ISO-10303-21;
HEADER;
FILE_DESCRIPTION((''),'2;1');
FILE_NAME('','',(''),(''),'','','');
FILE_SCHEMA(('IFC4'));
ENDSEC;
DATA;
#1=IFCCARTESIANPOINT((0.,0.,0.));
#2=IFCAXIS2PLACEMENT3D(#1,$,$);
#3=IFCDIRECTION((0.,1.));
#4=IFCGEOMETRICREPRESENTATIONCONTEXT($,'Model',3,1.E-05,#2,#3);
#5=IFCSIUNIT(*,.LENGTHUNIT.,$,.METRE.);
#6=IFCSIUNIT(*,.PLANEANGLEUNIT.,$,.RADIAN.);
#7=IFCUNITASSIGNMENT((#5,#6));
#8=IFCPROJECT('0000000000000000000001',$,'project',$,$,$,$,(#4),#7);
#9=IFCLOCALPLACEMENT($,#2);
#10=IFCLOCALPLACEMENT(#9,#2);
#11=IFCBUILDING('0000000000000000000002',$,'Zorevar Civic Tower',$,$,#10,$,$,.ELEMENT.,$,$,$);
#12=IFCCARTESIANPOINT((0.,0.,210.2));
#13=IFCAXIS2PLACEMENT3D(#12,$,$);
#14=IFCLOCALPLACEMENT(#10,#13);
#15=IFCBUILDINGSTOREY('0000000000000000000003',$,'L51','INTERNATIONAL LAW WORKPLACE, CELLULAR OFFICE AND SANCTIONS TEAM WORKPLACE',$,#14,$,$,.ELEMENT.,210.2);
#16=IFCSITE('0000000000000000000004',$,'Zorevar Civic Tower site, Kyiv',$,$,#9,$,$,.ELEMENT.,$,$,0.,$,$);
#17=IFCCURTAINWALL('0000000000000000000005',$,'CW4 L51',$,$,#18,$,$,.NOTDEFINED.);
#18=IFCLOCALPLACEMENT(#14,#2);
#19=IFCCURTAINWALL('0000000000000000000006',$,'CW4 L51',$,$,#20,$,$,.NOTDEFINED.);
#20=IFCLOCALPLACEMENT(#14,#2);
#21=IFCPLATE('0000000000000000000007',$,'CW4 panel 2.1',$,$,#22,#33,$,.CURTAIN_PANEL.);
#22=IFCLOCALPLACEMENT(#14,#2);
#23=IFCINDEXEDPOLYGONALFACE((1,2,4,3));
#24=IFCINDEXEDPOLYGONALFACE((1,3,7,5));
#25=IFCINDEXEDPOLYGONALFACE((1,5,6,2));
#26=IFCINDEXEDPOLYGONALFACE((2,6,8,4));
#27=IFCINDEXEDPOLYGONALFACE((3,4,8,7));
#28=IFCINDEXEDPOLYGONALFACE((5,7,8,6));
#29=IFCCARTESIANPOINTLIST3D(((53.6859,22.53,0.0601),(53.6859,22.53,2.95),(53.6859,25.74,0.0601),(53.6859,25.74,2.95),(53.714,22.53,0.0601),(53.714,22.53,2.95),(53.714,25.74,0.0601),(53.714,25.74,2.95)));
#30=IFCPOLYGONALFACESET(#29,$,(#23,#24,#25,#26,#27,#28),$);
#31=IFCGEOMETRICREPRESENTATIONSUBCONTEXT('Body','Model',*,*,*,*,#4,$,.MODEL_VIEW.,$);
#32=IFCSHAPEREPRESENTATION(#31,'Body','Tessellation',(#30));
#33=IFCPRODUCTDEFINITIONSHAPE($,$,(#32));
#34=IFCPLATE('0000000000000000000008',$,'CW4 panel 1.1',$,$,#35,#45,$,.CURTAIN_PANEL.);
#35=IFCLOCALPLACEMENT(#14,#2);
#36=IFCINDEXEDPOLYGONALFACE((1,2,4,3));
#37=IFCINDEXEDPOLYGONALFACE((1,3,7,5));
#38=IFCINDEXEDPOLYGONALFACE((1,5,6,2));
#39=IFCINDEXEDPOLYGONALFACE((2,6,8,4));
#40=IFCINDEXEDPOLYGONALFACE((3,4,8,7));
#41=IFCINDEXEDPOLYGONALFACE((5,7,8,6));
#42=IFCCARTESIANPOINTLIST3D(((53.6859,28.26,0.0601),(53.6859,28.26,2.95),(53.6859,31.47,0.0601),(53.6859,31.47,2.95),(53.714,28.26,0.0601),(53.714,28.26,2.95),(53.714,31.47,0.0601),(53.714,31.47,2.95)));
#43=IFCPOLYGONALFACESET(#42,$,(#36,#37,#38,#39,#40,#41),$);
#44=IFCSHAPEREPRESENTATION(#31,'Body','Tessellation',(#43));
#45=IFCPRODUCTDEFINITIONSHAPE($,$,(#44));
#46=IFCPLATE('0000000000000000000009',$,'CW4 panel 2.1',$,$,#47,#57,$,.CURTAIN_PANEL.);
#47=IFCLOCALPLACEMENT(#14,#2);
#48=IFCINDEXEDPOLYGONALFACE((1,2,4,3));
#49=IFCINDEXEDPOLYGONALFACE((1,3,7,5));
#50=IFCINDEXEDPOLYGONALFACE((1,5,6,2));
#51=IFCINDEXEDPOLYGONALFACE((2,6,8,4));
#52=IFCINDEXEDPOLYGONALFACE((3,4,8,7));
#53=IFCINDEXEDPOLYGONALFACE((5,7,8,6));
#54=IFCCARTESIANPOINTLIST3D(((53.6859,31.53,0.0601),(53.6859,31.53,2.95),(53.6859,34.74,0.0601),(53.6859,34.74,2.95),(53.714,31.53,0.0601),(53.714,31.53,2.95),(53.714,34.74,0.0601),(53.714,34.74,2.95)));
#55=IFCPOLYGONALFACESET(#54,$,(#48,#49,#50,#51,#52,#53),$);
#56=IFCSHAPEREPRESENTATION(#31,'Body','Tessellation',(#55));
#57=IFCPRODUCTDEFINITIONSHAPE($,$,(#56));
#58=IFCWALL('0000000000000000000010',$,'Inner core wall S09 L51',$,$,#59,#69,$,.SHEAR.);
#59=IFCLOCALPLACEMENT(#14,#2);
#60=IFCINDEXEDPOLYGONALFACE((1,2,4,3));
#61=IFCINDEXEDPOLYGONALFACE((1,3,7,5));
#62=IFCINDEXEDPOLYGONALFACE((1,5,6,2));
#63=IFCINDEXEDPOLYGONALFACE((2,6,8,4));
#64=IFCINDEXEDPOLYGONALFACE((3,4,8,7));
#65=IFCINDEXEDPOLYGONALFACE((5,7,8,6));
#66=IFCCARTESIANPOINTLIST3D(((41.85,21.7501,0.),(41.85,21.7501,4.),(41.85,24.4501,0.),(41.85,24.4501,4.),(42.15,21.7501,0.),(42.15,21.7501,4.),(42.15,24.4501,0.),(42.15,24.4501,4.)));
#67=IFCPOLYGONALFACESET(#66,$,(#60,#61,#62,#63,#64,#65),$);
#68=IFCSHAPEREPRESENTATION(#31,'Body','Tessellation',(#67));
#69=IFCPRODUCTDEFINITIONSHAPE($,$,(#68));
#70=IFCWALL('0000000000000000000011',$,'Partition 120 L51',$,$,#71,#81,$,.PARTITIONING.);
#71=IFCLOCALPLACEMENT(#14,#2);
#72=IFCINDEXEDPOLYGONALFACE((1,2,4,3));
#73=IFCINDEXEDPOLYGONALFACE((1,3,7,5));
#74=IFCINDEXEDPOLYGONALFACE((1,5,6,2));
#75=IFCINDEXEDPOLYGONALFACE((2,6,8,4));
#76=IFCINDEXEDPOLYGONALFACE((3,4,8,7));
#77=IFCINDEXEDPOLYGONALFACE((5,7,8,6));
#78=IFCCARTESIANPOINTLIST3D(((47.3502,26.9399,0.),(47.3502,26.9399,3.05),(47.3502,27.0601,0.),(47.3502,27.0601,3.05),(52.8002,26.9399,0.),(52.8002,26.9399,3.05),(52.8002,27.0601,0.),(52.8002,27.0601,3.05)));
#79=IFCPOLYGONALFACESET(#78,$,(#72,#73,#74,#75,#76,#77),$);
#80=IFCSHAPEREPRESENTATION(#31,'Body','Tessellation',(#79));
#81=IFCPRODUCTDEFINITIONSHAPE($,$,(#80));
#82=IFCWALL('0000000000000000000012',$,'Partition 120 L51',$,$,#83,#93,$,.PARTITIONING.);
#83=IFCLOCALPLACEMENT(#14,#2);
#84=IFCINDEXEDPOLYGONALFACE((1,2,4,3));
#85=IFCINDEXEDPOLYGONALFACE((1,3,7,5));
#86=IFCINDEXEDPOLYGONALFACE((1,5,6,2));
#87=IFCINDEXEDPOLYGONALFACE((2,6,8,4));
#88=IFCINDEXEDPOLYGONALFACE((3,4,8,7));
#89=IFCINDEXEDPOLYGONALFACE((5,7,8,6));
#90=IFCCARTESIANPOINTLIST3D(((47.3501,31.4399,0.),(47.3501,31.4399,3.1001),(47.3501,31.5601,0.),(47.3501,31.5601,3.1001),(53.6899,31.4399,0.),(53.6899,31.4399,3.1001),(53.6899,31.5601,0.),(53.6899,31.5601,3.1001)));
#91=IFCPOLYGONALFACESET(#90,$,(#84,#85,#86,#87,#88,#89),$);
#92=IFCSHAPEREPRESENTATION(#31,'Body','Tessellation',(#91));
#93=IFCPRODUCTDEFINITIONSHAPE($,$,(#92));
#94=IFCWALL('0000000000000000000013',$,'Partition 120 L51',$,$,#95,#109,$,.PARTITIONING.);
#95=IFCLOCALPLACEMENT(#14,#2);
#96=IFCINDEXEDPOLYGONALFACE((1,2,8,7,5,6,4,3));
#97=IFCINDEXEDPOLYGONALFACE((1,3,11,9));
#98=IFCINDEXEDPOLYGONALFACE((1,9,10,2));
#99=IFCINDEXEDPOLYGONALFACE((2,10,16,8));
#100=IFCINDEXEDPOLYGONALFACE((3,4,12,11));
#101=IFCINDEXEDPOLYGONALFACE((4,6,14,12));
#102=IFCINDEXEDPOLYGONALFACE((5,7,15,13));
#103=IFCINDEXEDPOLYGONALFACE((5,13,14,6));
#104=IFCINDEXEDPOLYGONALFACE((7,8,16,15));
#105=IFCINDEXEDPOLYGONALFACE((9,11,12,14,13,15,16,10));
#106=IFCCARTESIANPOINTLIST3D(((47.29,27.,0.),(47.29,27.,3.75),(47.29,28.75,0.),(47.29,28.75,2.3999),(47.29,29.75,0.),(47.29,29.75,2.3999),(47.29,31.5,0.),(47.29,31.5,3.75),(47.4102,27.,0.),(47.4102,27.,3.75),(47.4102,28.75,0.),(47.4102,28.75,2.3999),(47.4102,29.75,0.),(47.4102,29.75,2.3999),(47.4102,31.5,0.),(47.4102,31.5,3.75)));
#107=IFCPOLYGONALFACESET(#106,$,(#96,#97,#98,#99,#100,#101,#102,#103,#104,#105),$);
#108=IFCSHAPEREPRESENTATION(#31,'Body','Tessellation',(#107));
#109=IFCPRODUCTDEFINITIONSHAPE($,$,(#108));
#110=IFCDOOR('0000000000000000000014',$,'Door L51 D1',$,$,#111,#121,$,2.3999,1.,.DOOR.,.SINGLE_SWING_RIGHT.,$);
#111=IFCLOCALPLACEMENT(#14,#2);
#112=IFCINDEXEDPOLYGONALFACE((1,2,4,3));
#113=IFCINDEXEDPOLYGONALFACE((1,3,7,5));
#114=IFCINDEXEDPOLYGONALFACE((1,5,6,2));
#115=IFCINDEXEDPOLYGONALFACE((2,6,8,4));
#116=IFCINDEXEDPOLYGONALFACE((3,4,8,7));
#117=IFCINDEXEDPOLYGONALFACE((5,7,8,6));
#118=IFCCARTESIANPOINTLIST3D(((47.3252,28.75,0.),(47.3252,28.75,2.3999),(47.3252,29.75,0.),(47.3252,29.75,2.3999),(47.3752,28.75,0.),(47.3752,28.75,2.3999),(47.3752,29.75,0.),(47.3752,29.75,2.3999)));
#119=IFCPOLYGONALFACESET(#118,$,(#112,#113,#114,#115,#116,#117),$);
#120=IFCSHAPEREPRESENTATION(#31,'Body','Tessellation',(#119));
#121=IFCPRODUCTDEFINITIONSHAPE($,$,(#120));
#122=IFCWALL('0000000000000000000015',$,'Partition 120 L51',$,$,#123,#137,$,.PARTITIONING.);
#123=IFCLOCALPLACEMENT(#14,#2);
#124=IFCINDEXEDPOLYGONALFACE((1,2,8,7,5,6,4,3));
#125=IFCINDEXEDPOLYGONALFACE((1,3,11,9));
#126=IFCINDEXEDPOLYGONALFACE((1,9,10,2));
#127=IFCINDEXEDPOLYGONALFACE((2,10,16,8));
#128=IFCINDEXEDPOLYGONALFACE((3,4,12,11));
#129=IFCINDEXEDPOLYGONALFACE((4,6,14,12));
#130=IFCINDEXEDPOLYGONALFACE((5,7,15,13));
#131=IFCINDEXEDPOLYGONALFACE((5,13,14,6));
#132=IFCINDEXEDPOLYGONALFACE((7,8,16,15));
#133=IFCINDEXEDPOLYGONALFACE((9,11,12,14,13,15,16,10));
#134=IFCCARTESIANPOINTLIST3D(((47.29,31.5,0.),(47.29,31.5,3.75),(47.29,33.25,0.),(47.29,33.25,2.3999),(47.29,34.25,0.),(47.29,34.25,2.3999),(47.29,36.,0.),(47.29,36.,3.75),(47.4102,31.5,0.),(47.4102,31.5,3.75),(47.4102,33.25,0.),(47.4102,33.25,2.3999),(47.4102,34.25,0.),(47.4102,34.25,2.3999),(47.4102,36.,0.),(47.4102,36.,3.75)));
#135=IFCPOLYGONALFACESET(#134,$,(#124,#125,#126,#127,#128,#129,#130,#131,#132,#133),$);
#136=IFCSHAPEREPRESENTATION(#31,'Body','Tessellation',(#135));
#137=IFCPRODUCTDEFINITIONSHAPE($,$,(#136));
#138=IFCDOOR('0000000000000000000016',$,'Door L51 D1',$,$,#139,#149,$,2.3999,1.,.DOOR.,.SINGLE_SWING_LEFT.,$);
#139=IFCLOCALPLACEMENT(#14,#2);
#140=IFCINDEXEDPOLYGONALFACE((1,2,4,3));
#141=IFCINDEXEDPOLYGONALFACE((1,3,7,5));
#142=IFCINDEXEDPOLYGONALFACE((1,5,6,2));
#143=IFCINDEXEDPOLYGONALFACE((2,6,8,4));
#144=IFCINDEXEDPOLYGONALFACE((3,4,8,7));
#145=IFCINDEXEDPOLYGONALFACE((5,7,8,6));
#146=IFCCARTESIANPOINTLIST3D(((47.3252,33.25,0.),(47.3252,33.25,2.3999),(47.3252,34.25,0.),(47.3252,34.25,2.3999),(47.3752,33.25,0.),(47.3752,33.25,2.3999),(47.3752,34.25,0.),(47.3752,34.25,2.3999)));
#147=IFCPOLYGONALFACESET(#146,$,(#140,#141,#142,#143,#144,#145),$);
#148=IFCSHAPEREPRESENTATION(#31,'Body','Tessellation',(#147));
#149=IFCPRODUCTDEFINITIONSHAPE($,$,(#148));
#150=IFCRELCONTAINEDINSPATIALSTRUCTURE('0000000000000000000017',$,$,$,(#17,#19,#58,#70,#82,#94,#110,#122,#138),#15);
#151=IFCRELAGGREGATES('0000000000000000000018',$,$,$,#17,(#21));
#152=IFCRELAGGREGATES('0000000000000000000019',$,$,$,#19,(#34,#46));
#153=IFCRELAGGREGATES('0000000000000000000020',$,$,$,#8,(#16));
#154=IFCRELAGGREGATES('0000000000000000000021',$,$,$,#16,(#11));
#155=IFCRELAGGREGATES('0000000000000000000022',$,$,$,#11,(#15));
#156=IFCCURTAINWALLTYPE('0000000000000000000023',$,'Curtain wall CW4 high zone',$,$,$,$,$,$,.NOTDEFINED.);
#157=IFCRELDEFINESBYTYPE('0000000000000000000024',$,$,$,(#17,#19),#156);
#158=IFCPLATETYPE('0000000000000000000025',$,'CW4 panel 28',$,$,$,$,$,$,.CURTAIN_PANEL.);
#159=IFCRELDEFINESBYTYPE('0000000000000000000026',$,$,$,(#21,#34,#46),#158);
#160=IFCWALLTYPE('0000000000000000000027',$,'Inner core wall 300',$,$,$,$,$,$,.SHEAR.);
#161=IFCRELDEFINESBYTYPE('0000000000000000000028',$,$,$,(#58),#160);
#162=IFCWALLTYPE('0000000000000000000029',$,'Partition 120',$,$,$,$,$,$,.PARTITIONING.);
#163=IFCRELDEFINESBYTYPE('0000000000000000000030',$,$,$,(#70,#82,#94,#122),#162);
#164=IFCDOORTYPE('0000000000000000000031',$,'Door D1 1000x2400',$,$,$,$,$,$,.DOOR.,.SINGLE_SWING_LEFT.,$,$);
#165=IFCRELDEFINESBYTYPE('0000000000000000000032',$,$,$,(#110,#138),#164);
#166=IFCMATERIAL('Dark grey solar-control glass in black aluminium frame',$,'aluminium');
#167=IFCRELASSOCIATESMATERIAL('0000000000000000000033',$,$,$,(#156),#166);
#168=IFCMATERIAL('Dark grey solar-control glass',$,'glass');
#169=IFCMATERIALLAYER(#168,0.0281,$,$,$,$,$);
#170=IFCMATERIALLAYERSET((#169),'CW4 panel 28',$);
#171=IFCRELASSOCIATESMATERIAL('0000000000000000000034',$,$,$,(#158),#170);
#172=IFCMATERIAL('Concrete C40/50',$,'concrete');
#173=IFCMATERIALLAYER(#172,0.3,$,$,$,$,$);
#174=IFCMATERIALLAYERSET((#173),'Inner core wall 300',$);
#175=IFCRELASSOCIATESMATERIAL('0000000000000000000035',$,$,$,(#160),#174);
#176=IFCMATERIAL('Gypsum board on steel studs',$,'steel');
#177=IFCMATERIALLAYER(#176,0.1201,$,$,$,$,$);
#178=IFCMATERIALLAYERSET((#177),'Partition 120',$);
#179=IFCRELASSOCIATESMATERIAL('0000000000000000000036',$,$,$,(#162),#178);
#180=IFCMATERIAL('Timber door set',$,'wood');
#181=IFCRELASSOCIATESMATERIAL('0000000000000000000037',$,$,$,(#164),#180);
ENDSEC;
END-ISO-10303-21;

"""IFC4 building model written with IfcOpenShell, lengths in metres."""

from ifc_helpers import new_model, si_unit, direction, frame, frame_2d, origin, origin_2d, place, context, subcontext, project, spatial, rectangle, extrude, material, layer, layer_set, type_object, element, fill, aggregate, save


model = new_model("IFC4")

# Units and contexts
model_context = context("Model", 3, precision=1e-05, world=origin(), true_north=direction((0.0, 1.0)))
body_context = subcontext(model_context, "Body", "Model", "MODEL_VIEW")
ifc_project = project(units=[si_unit("LENGTHUNIT", "METRE"), si_unit("PLANEANGLEUNIT", "RADIAN")], contexts=[model_context])

# Site, building, storey
site_placement = place(None, origin())
site = spatial("IfcSite", under=ifc_project, at=site_placement, Name="Zorevar Civic Tower site, Kyiv", CompositionType="ELEMENT", RefElevation=0.0)
building_placement = place(site_placement, origin())
building = spatial("IfcBuilding", under=site, at=building_placement, Name="Zorevar Civic Tower", CompositionType="ELEMENT")
storey_placement = place(building_placement, frame((0.0, 0.0, 210.2)))
storey = spatial("IfcBuildingStorey", under=building, at=storey_placement, Name="L51", Description="INTERNATIONAL LAW WORKPLACE, CELLULAR OFFICE AND SANCTIONS TEAM WORKPLACE", CompositionType="ELEMENT", Elevation=210.2)

# Curtain walls
ifc_material_1 = material(Name="Dark grey solar-control glass in black aluminium frame", Category="aluminium")
curtain_wall_type = type_object("IfcCurtainWallType", Name="Curtain wall CW4 high zone", PredefinedType="NOTDEFINED", material=ifc_material_1)
curtain_wall_1_placement = place(storey_placement, origin())
curtain_wall_1 = element("IfcCurtainWall", 1, at=curtain_wall_1_placement, inside=storey, type_object=curtain_wall_type, Name="CW4 L51", PredefinedType="NOTDEFINED")
curtain_wall_2_placement = place(storey_placement, origin())
curtain_wall_2 = element("IfcCurtainWall", 2, at=curtain_wall_2_placement, inside=storey, type_object=curtain_wall_type, Name="CW4 L51", PredefinedType="NOTDEFINED")

# Plates
ifc_material_2 = material(Name="Dark grey solar-control glass", Category="glass")
ifc_layer_1 = layer(ifc_material_2, 0.0281)
ifc_layer_set_1 = layer_set([ifc_layer_1], Name="CW4 panel 28")
plate_type = type_object("IfcPlateType", Name="CW4 panel 28", PredefinedType="CURTAIN_PANEL", material=ifc_layer_set_1)
plate_1_placement = place(storey_placement, frame((53.7, 24.135, 0.0601), z_axis=(0.0, 0.0, 1.0), x_axis=(0.0, 1.0, 0.0)))
plate_1 = element("IfcPlate", 3, at=plate_1_placement, type_object=plate_type, Name="CW4 panel 2.1", PredefinedType="CURTAIN_PANEL", context=body_context, shape_type="SweptSolid", body=[
    extrude(rectangle(XDim=3.21, YDim=0.0281, at=origin_2d()), origin(), (0.0, 0.0, 1.0), 2.8899),
])
aggregate(curtain_wall_1, [plate_1])
plate_2_placement = place(storey_placement, frame((53.7, 29.865, 0.0601), z_axis=(0.0, 0.0, 1.0), x_axis=(0.0, 1.0, 0.0)))
plate_2 = element("IfcPlate", 4, at=plate_2_placement, type_object=plate_type, Name="CW4 panel 1.1", PredefinedType="CURTAIN_PANEL", context=body_context, shape_type="SweptSolid", body=[
    extrude(rectangle(XDim=3.21, YDim=0.0281, at=origin_2d()), origin(), (0.0, 0.0, 1.0), 2.8899),
])
plate_3_placement = place(storey_placement, frame((53.7, 33.135, 0.0601), z_axis=(0.0, 0.0, 1.0), x_axis=(0.0, 1.0, 0.0)))
plate_3 = element("IfcPlate", 5, at=plate_3_placement, type_object=plate_type, Name="CW4 panel 2.1", PredefinedType="CURTAIN_PANEL", context=body_context, shape_type="SweptSolid", body=[
    extrude(rectangle(XDim=3.21, YDim=0.0281, at=origin_2d()), origin(), (0.0, 0.0, 1.0), 2.8899),
])
aggregate(curtain_wall_2, [plate_2, plate_3])

# Shared definitions
ifc_material_3 = material(Name="Concrete C40/50", Category="concrete")
ifc_layer_2 = layer(ifc_material_3, 0.3)
ifc_layer_set_2 = layer_set([ifc_layer_2], Name="Inner core wall 300")
wall_type_1 = type_object("IfcWallType", Name="Inner core wall 300", PredefinedType="SHEAR", material=ifc_layer_set_2)

# Walls
wall_1_placement = place(storey_placement, frame((42.0, 21.75, 0.0), z_axis=(0.0, 0.0, 1.0), x_axis=(0.0, 1.0, 0.0)))
element("IfcWall", 6, at=wall_1_placement, inside=storey, type_object=wall_type_1, Name="Inner core wall S09 L51", PredefinedType="SHEAR", context=body_context, shape_type="SweptSolid", body=[
    extrude(rectangle(XDim=2.7, YDim=0.3, at=frame_2d((1.3501, 0.0))), origin(), (0.0, 0.0, 1.0), 4.0),
])
ifc_material_4 = material(Name="Gypsum board on steel studs", Category="steel")
ifc_layer_3 = layer(ifc_material_4, 0.1201)
ifc_layer_set_3 = layer_set([ifc_layer_3], Name="Partition 120")
wall_type_2 = type_object("IfcWallType", Name="Partition 120", PredefinedType="PARTITIONING", material=ifc_layer_set_3)
wall_2_placement = place(storey_placement, frame((47.3501, 27.0, 0.0), z_axis=(0.0, 0.0, 1.0), x_axis=(1.0, 0.0, 0.0)))
element("IfcWall", 7, at=wall_2_placement, inside=storey, type_object=wall_type_2, Name="Partition 120 L51", PredefinedType="PARTITIONING", context=body_context, shape_type="SweptSolid", body=[
    extrude(rectangle(XDim=5.45, YDim=0.1201, at=frame_2d((2.7251, 0.0))), origin(), (0.0, 0.0, 1.0), 3.05),
])
wall_3_placement = place(storey_placement, frame((47.3501, 31.5, 0.0), z_axis=(0.0, 0.0, 1.0), x_axis=(1.0, 0.0, 0.0)))
element("IfcWall", 8, at=wall_3_placement, inside=storey, type_object=wall_type_2, Name="Partition 120 L51", PredefinedType="PARTITIONING", context=body_context, shape_type="SweptSolid", body=[
    extrude(rectangle(XDim=6.3398, YDim=0.1201, at=frame_2d((3.1699, 0.0))), origin(), (0.0, 0.0, 1.0), 3.1001),
])

# Walls, openings, doors
wall_4_placement = place(storey_placement, frame((47.3501, 27.0, 0.0), z_axis=(0.0, 0.0, 1.0), x_axis=(0.0, 1.0, 0.0)))
wall_4 = element("IfcWall", 9, at=wall_4_placement, inside=storey, type_object=wall_type_2, Name="Partition 120 L51", PredefinedType="PARTITIONING", context=body_context, shape_type="SweptSolid", body=[
    extrude(rectangle(XDim=4.5, YDim=0.1201, at=frame_2d((2.25, 0.0))), origin(), (0.0, 0.0, 1.0), 3.75),
])
opening_1_placement = place(wall_4_placement, frame((1.75, 0.0, 0.0)))
opening_1 = element("IfcOpeningElement", 10, at=opening_1_placement, cuts=wall_4, PredefinedType="OPENING", context=body_context, shape_type="SweptSolid", body=[
    extrude(rectangle(XDim=1.0, YDim=2.3999, at=frame_2d((0.5, 1.2))), frame((0.0, 0.0701, 0.0), z_axis=(0.0, -1.0, 0.0), x_axis=(1.0, 0.0, 0.0)), (0.0, 0.0, 1.0), 0.1401),
])
ifc_material_5 = material(Name="Timber door set", Category="wood")
door_type_1 = type_object("IfcDoorType", Name="Door D1 1000x2400", OperationType="SINGLE_SWING_LEFT", PredefinedType="DOOR", material=ifc_material_5)
door_1_placement = place(opening_1_placement, origin())
door_1 = element("IfcDoor", 11, at=door_1_placement, inside=storey, type_object=door_type_1, Name="Door L51 D1", OperationType="SINGLE_SWING_RIGHT", OverallHeight=2.3999, OverallWidth=1.0, PredefinedType="DOOR", context=body_context, shape_type="SweptSolid", body=[
    extrude(rectangle(XDim=1.0, YDim=2.3999, at=frame_2d((0.5, 1.2))), frame((0.0, 0.0249, 0.0), z_axis=(0.0, -1.0, 0.0), x_axis=(1.0, 0.0, 0.0)), (0.0, 0.0, 1.0), 0.05),
])
fill(opening_1, door_1)
wall_5_placement = place(storey_placement, frame((47.3501, 31.5, 0.0), z_axis=(0.0, 0.0, 1.0), x_axis=(0.0, 1.0, 0.0)))
wall_5 = element("IfcWall", 12, at=wall_5_placement, inside=storey, type_object=wall_type_2, Name="Partition 120 L51", PredefinedType="PARTITIONING", context=body_context, shape_type="SweptSolid", body=[
    extrude(rectangle(XDim=4.5, YDim=0.1201, at=frame_2d((2.25, 0.0))), origin(), (0.0, 0.0, 1.0), 3.75),
])
opening_2_placement = place(wall_5_placement, frame((1.75, 0.0, 0.0)))
opening_2 = element("IfcOpeningElement", 13, at=opening_2_placement, cuts=wall_5, PredefinedType="OPENING", context=body_context, shape_type="SweptSolid", body=[
    extrude(rectangle(XDim=1.0, YDim=2.3999, at=frame_2d((0.5, 1.2))), frame((0.0, 0.0701, 0.0), z_axis=(0.0, -1.0, 0.0), x_axis=(1.0, 0.0, 0.0)), (0.0, 0.0, 1.0), 0.1401),
])
door_2_placement = place(opening_2_placement, origin())
door_2 = element("IfcDoor", 14, at=door_2_placement, inside=storey, type_object=door_type_1, Name="Door L51 D1", OperationType="SINGLE_SWING_LEFT", OverallHeight=2.3999, OverallWidth=1.0, PredefinedType="DOOR", context=body_context, shape_type="SweptSolid", body=[
    extrude(rectangle(XDim=1.0, YDim=2.3999, at=frame_2d((0.5, 1.2))), frame((0.0, 0.0249, 0.0), z_axis=(0.0, -1.0, 0.0), x_axis=(1.0, 0.0, 0.0)), (0.0, 0.0, 1.0), 0.05),
])
fill(opening_2, door_2)

save(model, "model.ifc")
